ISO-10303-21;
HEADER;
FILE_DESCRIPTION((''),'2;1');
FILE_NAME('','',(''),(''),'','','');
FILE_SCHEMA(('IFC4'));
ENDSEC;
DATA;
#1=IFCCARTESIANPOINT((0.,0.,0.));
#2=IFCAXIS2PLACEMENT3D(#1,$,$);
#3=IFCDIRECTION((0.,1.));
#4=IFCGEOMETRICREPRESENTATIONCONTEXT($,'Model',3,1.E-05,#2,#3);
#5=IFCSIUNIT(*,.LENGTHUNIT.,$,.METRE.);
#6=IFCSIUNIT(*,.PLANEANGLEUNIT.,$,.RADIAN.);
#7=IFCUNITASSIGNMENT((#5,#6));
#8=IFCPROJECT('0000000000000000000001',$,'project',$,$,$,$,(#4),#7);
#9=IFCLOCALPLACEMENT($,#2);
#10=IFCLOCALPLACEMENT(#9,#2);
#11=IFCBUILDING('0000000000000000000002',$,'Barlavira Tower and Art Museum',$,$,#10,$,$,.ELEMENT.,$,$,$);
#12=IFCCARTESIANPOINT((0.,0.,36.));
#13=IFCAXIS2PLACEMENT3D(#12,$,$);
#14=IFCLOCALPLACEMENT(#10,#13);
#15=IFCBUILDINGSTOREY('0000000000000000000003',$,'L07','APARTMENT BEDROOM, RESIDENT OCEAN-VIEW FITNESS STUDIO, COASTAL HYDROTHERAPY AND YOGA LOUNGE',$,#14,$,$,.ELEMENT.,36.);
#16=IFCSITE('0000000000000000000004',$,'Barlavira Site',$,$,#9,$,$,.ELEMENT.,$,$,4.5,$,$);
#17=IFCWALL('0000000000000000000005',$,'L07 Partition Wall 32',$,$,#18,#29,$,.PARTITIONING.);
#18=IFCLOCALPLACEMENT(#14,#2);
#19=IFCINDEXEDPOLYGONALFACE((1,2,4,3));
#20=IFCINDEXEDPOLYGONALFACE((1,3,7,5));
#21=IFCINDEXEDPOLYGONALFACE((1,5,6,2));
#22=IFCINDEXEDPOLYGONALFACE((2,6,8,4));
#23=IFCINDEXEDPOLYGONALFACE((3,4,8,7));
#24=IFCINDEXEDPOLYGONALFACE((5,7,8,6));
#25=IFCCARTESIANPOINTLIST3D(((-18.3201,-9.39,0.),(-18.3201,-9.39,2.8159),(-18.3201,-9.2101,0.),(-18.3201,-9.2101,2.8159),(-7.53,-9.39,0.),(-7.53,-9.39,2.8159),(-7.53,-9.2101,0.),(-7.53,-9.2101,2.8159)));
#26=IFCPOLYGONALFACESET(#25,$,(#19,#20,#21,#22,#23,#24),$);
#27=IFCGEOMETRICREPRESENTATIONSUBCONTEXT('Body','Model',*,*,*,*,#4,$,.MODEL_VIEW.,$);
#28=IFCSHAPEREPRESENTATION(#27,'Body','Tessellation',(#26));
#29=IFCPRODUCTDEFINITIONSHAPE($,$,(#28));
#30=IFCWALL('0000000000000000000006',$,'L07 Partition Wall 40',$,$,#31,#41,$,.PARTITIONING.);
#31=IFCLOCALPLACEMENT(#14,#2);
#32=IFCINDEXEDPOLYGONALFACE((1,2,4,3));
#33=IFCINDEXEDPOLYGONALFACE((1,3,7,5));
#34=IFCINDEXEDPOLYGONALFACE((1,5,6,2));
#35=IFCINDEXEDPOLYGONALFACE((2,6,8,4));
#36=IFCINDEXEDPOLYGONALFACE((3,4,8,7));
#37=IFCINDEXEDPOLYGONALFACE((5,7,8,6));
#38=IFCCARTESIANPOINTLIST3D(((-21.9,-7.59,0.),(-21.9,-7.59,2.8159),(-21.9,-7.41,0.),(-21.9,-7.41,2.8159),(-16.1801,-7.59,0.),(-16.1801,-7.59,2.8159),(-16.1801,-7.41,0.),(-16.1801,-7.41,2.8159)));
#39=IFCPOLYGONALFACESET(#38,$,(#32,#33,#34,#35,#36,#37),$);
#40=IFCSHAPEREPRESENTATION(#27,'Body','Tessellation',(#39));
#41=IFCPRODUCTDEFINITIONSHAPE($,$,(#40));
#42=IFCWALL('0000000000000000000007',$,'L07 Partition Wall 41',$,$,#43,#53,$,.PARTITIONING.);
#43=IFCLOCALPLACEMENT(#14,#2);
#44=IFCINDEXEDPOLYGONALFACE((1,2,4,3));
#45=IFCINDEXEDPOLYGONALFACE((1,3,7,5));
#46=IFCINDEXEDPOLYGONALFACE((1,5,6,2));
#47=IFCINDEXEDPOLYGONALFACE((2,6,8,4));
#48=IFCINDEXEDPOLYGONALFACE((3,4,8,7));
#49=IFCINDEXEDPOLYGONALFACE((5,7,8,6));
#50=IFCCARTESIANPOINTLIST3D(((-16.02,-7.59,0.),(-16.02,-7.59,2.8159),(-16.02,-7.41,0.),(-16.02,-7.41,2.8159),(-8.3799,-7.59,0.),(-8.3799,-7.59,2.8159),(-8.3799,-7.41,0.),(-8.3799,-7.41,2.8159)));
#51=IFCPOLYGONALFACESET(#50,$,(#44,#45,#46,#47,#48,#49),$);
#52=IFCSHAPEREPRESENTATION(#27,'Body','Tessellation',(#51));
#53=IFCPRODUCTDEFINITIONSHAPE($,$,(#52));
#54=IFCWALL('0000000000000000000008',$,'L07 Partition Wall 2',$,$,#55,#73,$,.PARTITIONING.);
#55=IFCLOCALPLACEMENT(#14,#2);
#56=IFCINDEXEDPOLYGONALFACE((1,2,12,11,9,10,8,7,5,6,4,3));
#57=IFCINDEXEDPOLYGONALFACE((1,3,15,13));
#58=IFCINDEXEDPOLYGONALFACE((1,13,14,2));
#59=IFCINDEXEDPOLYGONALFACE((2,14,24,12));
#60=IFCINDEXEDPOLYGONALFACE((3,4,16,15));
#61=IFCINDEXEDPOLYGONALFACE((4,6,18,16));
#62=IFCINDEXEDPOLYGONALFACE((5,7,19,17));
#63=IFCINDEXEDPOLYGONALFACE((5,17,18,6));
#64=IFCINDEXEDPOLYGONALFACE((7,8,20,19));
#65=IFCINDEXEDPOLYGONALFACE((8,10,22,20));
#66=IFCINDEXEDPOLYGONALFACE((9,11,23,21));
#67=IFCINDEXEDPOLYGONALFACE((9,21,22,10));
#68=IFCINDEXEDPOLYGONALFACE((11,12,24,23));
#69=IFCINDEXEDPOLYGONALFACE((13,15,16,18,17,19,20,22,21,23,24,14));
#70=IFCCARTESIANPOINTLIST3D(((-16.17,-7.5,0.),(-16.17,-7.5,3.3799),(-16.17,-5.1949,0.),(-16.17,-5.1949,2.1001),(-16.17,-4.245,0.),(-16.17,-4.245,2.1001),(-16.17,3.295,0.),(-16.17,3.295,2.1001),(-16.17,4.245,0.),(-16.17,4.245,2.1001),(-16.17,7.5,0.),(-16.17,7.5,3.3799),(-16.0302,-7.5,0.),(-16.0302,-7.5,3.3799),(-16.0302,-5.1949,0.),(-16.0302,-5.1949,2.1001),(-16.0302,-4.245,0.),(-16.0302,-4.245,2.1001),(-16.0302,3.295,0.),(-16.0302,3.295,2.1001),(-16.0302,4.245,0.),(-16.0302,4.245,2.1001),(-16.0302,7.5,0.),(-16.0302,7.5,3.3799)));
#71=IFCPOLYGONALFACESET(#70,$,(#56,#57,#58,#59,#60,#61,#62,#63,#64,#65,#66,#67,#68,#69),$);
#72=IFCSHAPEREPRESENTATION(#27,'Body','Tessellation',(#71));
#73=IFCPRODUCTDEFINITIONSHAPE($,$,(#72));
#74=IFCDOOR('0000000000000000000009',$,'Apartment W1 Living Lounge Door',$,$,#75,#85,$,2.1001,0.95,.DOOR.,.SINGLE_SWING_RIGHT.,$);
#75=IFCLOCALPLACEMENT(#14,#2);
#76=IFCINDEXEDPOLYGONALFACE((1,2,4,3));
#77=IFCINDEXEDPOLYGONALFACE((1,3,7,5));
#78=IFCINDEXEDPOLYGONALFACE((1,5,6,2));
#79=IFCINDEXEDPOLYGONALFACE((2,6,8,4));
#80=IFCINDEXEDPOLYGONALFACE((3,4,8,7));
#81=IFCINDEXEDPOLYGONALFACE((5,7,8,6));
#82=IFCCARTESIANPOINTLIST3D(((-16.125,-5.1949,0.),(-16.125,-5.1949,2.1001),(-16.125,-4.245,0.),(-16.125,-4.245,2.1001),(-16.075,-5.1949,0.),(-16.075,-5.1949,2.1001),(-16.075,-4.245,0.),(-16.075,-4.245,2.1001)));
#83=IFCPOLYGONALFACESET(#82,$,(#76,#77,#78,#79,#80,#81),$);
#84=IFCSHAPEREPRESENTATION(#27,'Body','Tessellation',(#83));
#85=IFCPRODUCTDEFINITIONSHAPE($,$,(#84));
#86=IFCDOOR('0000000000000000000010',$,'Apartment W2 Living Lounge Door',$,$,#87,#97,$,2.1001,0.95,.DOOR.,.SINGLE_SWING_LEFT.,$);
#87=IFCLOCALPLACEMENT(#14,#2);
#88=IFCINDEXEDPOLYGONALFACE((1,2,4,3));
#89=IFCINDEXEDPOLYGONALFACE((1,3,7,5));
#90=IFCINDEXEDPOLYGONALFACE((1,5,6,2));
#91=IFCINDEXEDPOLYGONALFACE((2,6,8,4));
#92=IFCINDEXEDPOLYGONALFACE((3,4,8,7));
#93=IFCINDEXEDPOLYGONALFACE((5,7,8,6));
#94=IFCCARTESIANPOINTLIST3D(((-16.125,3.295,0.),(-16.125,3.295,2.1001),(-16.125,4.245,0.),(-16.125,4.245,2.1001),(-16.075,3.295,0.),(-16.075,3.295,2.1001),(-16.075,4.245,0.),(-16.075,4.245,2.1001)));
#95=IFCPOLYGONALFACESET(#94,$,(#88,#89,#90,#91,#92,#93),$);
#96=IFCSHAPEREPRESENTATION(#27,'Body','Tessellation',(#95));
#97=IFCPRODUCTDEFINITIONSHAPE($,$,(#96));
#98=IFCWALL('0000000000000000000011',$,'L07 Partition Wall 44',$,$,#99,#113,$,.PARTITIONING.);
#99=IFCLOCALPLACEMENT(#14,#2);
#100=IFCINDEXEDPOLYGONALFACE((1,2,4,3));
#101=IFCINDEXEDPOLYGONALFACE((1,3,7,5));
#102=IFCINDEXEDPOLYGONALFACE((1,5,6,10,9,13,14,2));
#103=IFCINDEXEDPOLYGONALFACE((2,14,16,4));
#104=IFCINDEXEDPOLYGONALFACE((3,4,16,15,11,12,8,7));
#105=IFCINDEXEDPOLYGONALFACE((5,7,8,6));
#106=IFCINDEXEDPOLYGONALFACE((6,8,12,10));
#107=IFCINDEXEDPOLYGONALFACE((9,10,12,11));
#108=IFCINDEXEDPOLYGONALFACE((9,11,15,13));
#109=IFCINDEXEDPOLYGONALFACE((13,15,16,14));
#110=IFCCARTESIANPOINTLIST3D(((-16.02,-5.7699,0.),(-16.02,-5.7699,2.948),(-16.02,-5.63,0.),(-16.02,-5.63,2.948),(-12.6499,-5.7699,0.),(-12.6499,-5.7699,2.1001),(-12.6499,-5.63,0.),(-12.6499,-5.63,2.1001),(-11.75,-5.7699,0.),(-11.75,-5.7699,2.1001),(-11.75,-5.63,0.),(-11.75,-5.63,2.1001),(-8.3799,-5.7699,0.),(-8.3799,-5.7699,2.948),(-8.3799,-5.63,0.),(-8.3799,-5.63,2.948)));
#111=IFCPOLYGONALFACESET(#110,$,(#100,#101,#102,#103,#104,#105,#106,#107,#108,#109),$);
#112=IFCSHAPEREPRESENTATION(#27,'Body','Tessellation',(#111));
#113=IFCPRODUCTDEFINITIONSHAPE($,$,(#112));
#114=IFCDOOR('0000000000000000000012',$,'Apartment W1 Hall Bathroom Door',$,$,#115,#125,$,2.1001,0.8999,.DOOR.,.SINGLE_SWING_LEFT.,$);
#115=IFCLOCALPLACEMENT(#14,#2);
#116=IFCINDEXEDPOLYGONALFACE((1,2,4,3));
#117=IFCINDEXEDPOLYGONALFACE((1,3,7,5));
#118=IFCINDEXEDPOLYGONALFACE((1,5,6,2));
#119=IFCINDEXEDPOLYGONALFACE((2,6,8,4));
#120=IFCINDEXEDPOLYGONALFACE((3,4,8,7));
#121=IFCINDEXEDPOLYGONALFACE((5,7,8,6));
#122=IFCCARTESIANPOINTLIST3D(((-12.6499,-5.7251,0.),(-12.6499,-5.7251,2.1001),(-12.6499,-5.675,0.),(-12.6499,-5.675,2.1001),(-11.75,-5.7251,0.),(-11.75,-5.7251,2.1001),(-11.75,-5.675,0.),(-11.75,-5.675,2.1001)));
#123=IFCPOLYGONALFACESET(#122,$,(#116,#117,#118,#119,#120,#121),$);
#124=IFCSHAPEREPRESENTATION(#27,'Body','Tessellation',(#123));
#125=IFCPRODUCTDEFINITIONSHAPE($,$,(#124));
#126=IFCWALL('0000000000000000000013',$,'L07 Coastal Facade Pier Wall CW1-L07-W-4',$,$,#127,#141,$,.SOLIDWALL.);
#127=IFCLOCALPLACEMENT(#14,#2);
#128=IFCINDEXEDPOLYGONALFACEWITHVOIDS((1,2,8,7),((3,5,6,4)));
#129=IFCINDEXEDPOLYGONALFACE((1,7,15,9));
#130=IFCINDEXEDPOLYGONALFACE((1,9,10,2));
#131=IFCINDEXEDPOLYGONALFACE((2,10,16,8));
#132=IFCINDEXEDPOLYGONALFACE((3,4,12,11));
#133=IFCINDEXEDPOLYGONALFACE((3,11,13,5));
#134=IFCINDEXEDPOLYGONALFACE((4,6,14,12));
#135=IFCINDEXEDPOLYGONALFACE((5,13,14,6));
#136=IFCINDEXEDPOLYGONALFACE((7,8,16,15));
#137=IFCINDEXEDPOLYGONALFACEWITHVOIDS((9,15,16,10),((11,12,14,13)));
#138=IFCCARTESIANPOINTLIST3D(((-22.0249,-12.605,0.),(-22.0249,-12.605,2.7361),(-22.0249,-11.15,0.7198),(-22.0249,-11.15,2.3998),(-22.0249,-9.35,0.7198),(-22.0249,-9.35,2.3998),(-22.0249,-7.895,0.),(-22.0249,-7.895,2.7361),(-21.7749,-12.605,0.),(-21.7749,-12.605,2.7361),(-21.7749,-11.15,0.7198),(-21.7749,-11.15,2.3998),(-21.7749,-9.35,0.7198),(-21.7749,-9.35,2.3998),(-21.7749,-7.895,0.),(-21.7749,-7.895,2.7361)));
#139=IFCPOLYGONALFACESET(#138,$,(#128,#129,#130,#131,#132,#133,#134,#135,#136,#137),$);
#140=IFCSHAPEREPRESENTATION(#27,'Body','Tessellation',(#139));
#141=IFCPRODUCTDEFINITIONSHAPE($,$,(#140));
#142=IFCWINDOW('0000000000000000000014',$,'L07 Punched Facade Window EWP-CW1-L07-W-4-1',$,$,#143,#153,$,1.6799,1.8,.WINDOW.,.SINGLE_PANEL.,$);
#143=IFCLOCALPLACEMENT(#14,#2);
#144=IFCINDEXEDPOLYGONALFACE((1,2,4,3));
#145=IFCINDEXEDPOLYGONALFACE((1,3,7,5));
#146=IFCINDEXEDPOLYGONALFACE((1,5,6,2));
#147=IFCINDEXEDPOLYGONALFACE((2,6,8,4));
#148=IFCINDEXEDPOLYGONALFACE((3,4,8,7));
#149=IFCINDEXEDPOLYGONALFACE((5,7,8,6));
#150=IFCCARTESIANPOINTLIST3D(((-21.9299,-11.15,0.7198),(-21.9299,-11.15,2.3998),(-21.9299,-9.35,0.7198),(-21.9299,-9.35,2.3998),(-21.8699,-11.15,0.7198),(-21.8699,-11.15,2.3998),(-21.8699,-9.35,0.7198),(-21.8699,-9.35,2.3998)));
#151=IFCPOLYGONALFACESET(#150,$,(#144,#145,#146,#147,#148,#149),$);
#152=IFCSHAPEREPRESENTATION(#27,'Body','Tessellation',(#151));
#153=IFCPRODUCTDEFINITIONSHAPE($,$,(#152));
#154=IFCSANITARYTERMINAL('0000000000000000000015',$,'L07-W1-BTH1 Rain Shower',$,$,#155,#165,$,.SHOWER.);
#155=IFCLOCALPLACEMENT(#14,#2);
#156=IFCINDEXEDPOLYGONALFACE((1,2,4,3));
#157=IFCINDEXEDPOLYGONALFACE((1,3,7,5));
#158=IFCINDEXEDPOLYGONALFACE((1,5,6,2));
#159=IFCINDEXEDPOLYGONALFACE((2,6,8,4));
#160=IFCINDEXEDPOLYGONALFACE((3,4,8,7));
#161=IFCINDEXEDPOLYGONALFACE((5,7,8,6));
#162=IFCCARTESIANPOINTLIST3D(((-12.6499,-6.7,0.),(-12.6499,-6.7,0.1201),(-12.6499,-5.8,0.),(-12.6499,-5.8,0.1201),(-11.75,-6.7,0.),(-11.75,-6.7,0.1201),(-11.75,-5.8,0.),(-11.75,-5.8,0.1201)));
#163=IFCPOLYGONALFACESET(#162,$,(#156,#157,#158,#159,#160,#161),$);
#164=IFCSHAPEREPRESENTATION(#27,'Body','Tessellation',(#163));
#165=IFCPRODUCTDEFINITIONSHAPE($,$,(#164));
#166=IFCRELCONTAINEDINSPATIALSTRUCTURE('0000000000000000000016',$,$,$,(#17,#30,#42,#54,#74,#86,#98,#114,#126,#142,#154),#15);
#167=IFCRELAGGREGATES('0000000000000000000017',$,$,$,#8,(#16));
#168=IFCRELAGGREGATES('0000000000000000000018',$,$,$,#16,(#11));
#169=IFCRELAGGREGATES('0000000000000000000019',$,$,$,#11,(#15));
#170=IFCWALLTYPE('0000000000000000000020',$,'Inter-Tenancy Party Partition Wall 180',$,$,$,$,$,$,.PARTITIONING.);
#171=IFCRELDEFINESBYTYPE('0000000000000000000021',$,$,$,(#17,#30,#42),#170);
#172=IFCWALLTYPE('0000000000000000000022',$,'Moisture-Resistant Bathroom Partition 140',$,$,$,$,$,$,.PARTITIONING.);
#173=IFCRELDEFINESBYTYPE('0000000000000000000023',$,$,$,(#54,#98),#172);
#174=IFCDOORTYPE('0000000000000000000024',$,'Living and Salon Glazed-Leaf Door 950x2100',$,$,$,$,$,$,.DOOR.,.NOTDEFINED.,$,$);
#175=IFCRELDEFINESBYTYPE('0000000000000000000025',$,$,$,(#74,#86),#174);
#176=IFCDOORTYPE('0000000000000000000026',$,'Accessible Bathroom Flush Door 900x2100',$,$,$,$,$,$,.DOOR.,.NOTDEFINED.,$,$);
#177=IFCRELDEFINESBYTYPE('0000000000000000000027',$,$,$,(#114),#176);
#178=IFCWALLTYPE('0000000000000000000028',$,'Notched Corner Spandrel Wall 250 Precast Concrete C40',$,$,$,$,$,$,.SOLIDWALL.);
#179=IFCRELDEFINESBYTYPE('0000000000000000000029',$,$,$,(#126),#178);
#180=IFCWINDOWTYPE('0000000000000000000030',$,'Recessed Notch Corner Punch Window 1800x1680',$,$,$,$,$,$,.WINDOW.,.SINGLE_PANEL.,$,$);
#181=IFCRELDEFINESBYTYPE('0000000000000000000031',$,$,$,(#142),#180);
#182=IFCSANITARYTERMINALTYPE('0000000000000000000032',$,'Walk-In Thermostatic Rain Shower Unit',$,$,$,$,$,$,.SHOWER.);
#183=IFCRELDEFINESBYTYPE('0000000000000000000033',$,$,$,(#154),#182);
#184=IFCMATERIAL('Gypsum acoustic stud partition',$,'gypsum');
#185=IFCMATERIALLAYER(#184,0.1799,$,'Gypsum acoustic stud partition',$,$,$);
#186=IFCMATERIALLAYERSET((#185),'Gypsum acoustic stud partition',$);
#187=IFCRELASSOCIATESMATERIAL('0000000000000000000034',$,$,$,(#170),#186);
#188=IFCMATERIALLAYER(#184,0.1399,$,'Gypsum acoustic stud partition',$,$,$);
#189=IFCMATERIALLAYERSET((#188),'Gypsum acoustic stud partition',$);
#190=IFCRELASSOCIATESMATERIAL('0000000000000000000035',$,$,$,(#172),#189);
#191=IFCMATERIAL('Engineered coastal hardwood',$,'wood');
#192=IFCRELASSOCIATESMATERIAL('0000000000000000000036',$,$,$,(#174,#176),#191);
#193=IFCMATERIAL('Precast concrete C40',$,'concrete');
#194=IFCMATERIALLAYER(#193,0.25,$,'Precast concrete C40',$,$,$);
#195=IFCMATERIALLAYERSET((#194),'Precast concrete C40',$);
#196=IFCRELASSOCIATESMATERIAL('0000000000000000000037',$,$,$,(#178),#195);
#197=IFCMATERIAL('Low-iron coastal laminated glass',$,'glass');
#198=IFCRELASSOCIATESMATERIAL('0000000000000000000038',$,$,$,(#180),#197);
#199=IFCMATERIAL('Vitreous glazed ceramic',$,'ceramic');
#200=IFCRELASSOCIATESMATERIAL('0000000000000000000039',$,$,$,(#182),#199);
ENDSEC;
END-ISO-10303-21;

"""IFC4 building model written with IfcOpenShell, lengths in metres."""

from ifc_helpers import new_model, si_unit, direction, frame, frame_2d, origin, origin_2d, place, context, subcontext, project, spatial, rectangle, extrude, material, layer, layer_set, type_object, element, fill, save


model = new_model("IFC4")

# Units and contexts
model_context = context("Model", 3, precision=1e-05, world=origin(), true_north=direction((0.0, 1.0)))
body_context = subcontext(model_context, "Body", "Model", "MODEL_VIEW")
ifc_project = project(units=[si_unit("LENGTHUNIT", "METRE"), si_unit("PLANEANGLEUNIT", "RADIAN")], contexts=[model_context])

# Site, building, storey
site_placement = place(None, origin())
site = spatial("IfcSite", under=ifc_project, at=site_placement, Name="Barlavira Site", CompositionType="ELEMENT", RefElevation=4.5)
building_placement = place(site_placement, origin())
building = spatial("IfcBuilding", under=site, at=building_placement, Name="Barlavira Tower and Art Museum", CompositionType="ELEMENT")
storey_placement = place(building_placement, frame((0.0, 0.0, 36.0)))
storey = spatial("IfcBuildingStorey", under=building, at=storey_placement, Name="L07", Description="APARTMENT BEDROOM, RESIDENT OCEAN-VIEW FITNESS STUDIO, COASTAL HYDROTHERAPY AND YOGA LOUNGE", CompositionType="ELEMENT", Elevation=36.0)

# Shared definitions
ifc_material_1 = material(Name="Low-iron coastal laminated glass", Category="glass")

# Shared definitions
ifc_material_2 = material(Name="Gypsum acoustic stud partition", Category="gypsum")
ifc_material_3 = material(Name="Engineered coastal hardwood", Category="wood")

# Walls
ifc_layer_1 = layer(ifc_material_2, 0.1799, Name="Gypsum acoustic stud partition")
ifc_layer_set_1 = layer_set([ifc_layer_1], Name="Gypsum acoustic stud partition")
wall_type_1 = type_object("IfcWallType", Name="Inter-Tenancy Party Partition Wall 180", PredefinedType="PARTITIONING", material=ifc_layer_set_1)
wall_1_placement = place(storey_placement, frame((-18.3201, -9.3, 0.0), z_axis=(0.0, 0.0, 1.0), x_axis=(1.0, 0.0, 0.0)))
element("IfcWall", 1, at=wall_1_placement, inside=storey, type_object=wall_type_1, Name="L07 Partition Wall 32", PredefinedType="PARTITIONING", context=body_context, shape_type="SweptSolid", body=[
    extrude(rectangle(XDim=10.79, YDim=0.1799, at=frame_2d((5.395, 0.0))), origin(), (0.0, 0.0, 1.0), 2.8159),
])
wall_2_placement = place(storey_placement, frame((-21.8999, -7.5, 0.0), z_axis=(0.0, 0.0, 1.0), x_axis=(1.0, 0.0, 0.0)))
element("IfcWall", 2, at=wall_2_placement, inside=storey, type_object=wall_type_1, Name="L07 Partition Wall 40", PredefinedType="PARTITIONING", context=body_context, shape_type="SweptSolid", body=[
    extrude(rectangle(XDim=5.72, YDim=0.1799, at=frame_2d((2.8599, 0.0))), origin(), (0.0, 0.0, 1.0), 2.8159),
])
wall_3_placement = place(storey_placement, frame((-16.02, -7.5, 0.0), z_axis=(0.0, 0.0, 1.0), x_axis=(1.0, 0.0, 0.0)))
element("IfcWall", 3, at=wall_3_placement, inside=storey, type_object=wall_type_1, Name="L07 Partition Wall 41", PredefinedType="PARTITIONING", context=body_context, shape_type="SweptSolid", body=[
    extrude(rectangle(XDim=7.6401, YDim=0.1799, at=frame_2d((3.8201, 0.0))), origin(), (0.0, 0.0, 1.0), 2.8159),
])

# Wall, openings, doors
ifc_layer_2 = layer(ifc_material_2, 0.1399, Name="Gypsum acoustic stud partition")
ifc_layer_set_2 = layer_set([ifc_layer_2], Name="Gypsum acoustic stud partition")
wall_type_2 = type_object("IfcWallType", Name="Moisture-Resistant Bathroom Partition 140", PredefinedType="PARTITIONING", material=ifc_layer_set_2)
wall_4_placement = place(storey_placement, frame((-16.1001, -7.5, 0.0), z_axis=(0.0, 0.0, 1.0), x_axis=(0.0, 1.0, 0.0)))
wall_4 = element("IfcWall", 4, at=wall_4_placement, inside=storey, type_object=wall_type_2, Name="L07 Partition Wall 2", PredefinedType="PARTITIONING", context=body_context, shape_type="SweptSolid", body=[
    extrude(rectangle(XDim=15.0, YDim=0.1399, at=frame_2d((7.5, 0.0))), origin(), (0.0, 0.0, 1.0), 3.3799),
])
opening_1_placement = place(wall_4_placement, frame((2.3049, 0.0, 0.0)))
opening_1 = element("IfcOpeningElement", 5, at=opening_1_placement, cuts=wall_4, PredefinedType="OPENING", context=body_context, shape_type="SweptSolid", body=[
    extrude(rectangle(XDim=0.95, YDim=2.1001, at=frame_2d((0.4751, 1.05))), frame((0.0, 0.0801, 0.0), z_axis=(0.0, -1.0, 0.0), x_axis=(1.0, 0.0, 0.0)), (0.0, 0.0, 1.0), 0.1599),
])
opening_2_placement = place(wall_4_placement, frame((10.7949, 0.0, 0.0)))
opening_2 = element("IfcOpeningElement", 6, at=opening_2_placement, cuts=wall_4, PredefinedType="OPENING", context=body_context, shape_type="SweptSolid", body=[
    extrude(rectangle(XDim=0.95, YDim=2.1001, at=frame_2d((0.4751, 1.05))), frame((0.0, 0.0801, 0.0), z_axis=(0.0, -1.0, 0.0), x_axis=(1.0, 0.0, 0.0)), (0.0, 0.0, 1.0), 0.1599),
])
door_type_1 = type_object("IfcDoorType", Name="Living and Salon Glazed-Leaf Door 950x2100", OperationType="NOTDEFINED", PredefinedType="DOOR", material=ifc_material_3)
door_1_placement = place(opening_1_placement, origin())
door_1 = element("IfcDoor", 7, at=door_1_placement, inside=storey, type_object=door_type_1, Name="Apartment W1 Living Lounge Door", OperationType="SINGLE_SWING_RIGHT", OverallHeight=2.1001, OverallWidth=0.95, PredefinedType="DOOR", context=body_context, shape_type="SweptSolid", body=[
    extrude(rectangle(XDim=0.95, YDim=2.1001, at=frame_2d((0.4751, 1.05))), frame((0.0, 0.0249, 0.0), z_axis=(0.0, -1.0, 0.0), x_axis=(1.0, 0.0, 0.0)), (0.0, 0.0, 1.0), 0.05),
])
fill(opening_1, door_1)
door_2_placement = place(opening_2_placement, origin())
door_2 = element("IfcDoor", 8, at=door_2_placement, inside=storey, type_object=door_type_1, Name="Apartment W2 Living Lounge Door", OperationType="SINGLE_SWING_LEFT", OverallHeight=2.1001, OverallWidth=0.95, PredefinedType="DOOR", context=body_context, shape_type="SweptSolid", body=[
    extrude(rectangle(XDim=0.95, YDim=2.1001, at=frame_2d((0.4751, 1.05))), frame((0.0, 0.0249, 0.0), z_axis=(0.0, -1.0, 0.0), x_axis=(1.0, 0.0, 0.0)), (0.0, 0.0, 1.0), 0.05),
])
fill(opening_2, door_2)

# Wall, opening, door
wall_5_placement = place(storey_placement, frame((-16.02, -5.7, 0.0), z_axis=(0.0, 0.0, 1.0), x_axis=(1.0, 0.0, 0.0)))
wall_5 = element("IfcWall", 9, at=wall_5_placement, inside=storey, type_object=wall_type_2, Name="L07 Partition Wall 44", PredefinedType="PARTITIONING", context=body_context, shape_type="SweptSolid", body=[
    extrude(rectangle(XDim=7.6401, YDim=0.1399, at=frame_2d((3.8201, 0.0))), origin(), (0.0, 0.0, 1.0), 2.948),
])
opening_3_placement = place(wall_5_placement, frame((3.3701, 0.0, 0.0)))
opening_3 = element("IfcOpeningElement", 10, at=opening_3_placement, cuts=wall_5, PredefinedType="OPENING", context=body_context, shape_type="SweptSolid", body=[
    extrude(rectangle(XDim=0.8999, YDim=2.1001, at=frame_2d((0.45, 1.05))), frame((0.0, 0.0801, 0.0), z_axis=(0.0, -1.0, 0.0), x_axis=(1.0, 0.0, 0.0)), (0.0, 0.0, 1.0), 0.1599),
])
door_type_2 = type_object("IfcDoorType", Name="Accessible Bathroom Flush Door 900x2100", OperationType="NOTDEFINED", PredefinedType="DOOR", material=ifc_material_3)
door_3_placement = place(opening_3_placement, origin())
door_3 = element("IfcDoor", 11, at=door_3_placement, inside=storey, type_object=door_type_2, Name="Apartment W1 Hall Bathroom Door", OperationType="SINGLE_SWING_LEFT", OverallHeight=2.1001, OverallWidth=0.8999, PredefinedType="DOOR", context=body_context, shape_type="SweptSolid", body=[
    extrude(rectangle(XDim=0.8999, YDim=2.1001, at=frame_2d((0.45, 1.05))), frame((0.0, 0.0249, 0.0), z_axis=(0.0, -1.0, 0.0), x_axis=(1.0, 0.0, 0.0)), (0.0, 0.0, 1.0), 0.05),
])
fill(opening_3, door_3)

# Wall, opening, window
ifc_material_4 = material(Name="Precast concrete C40", Category="concrete")
ifc_layer_3 = layer(ifc_material_4, 0.25, Name="Precast concrete C40")
ifc_layer_set_3 = layer_set([ifc_layer_3], Name="Precast concrete C40")
wall_type_3 = type_object("IfcWallType", Name="Notched Corner Spandrel Wall 250 Precast Concrete C40", PredefinedType="SOLIDWALL", material=ifc_layer_set_3)
wall_6_placement = place(storey_placement, frame((-21.8999, -7.895, 0.0), z_axis=(0.0, 0.0, 1.0), x_axis=(0.0, -1.0, 0.0)))
wall_6 = element("IfcWall", 12, at=wall_6_placement, inside=storey, type_object=wall_type_3, Name="L07 Coastal Facade Pier Wall CW1-L07-W-4", PredefinedType="SOLIDWALL", context=body_context, shape_type="SweptSolid", body=[
    extrude(rectangle(XDim=4.71, YDim=0.25, at=frame_2d((2.355, 0.0))), origin(), (0.0, 0.0, 1.0), 2.7361),
])
opening_4_placement = place(wall_6_placement, frame((1.4551, 0.0, 0.72)))
opening_4 = element("IfcOpeningElement", 13, at=opening_4_placement, cuts=wall_6, PredefinedType="OPENING", context=body_context, shape_type="SweptSolid", body=[
    extrude(rectangle(XDim=1.8, YDim=1.6799, at=frame_2d((0.8999, 0.8398))), frame((0.0, 0.135, 0.0), z_axis=(0.0, -1.0, 0.0), x_axis=(1.0, 0.0, 0.0)), (0.0, 0.0, 1.0), 0.27),
])
window_type = type_object("IfcWindowType", Name="Recessed Notch Corner Punch Window 1800x1680", PartitioningType="SINGLE_PANEL", PredefinedType="WINDOW", material=ifc_material_1)
window_placement = place(opening_4_placement, origin())
window = element("IfcWindow", 14, at=window_placement, inside=storey, type_object=window_type, Name="L07 Punched Facade Window EWP-CW1-L07-W-4-1", OverallHeight=1.6799, OverallWidth=1.8, PartitioningType="SINGLE_PANEL", PredefinedType="WINDOW", context=body_context, shape_type="SweptSolid", body=[
    extrude(rectangle(XDim=1.8, YDim=1.6799, at=frame_2d((0.8999, 0.8398))), frame((0.0, 0.03, 0.0), z_axis=(0.0, -1.0, 0.0), x_axis=(1.0, 0.0, 0.0)), (0.0, 0.0, 1.0), 0.0601),
])
fill(opening_4, window)

# Sanitary terminal
ifc_material_5 = material(Name="Vitreous glazed ceramic", Category="ceramic")
sanitary_terminal_type_1 = type_object("IfcSanitaryTerminalType", Name="Walk-In Thermostatic Rain Shower Unit", PredefinedType="SHOWER", material=ifc_material_5)
sanitary_terminal_1_placement = place(storey_placement, frame((-12.2, -6.25, 0.0), z_axis=(0.0, 0.0, 1.0), x_axis=(1.0, 0.0, 0.0)))
element("IfcSanitaryTerminal", 15, at=sanitary_terminal_1_placement, inside=storey, type_object=sanitary_terminal_type_1, Name="L07-W1-BTH1 Rain Shower", PredefinedType="SHOWER", context=body_context, shape_type="SweptSolid", body=[
    extrude(rectangle(XDim=0.8999, YDim=0.8999, at=origin_2d()), origin(), (0.0, 0.0, 1.0), 0.1201),
])

save(model, "model.ifc")
